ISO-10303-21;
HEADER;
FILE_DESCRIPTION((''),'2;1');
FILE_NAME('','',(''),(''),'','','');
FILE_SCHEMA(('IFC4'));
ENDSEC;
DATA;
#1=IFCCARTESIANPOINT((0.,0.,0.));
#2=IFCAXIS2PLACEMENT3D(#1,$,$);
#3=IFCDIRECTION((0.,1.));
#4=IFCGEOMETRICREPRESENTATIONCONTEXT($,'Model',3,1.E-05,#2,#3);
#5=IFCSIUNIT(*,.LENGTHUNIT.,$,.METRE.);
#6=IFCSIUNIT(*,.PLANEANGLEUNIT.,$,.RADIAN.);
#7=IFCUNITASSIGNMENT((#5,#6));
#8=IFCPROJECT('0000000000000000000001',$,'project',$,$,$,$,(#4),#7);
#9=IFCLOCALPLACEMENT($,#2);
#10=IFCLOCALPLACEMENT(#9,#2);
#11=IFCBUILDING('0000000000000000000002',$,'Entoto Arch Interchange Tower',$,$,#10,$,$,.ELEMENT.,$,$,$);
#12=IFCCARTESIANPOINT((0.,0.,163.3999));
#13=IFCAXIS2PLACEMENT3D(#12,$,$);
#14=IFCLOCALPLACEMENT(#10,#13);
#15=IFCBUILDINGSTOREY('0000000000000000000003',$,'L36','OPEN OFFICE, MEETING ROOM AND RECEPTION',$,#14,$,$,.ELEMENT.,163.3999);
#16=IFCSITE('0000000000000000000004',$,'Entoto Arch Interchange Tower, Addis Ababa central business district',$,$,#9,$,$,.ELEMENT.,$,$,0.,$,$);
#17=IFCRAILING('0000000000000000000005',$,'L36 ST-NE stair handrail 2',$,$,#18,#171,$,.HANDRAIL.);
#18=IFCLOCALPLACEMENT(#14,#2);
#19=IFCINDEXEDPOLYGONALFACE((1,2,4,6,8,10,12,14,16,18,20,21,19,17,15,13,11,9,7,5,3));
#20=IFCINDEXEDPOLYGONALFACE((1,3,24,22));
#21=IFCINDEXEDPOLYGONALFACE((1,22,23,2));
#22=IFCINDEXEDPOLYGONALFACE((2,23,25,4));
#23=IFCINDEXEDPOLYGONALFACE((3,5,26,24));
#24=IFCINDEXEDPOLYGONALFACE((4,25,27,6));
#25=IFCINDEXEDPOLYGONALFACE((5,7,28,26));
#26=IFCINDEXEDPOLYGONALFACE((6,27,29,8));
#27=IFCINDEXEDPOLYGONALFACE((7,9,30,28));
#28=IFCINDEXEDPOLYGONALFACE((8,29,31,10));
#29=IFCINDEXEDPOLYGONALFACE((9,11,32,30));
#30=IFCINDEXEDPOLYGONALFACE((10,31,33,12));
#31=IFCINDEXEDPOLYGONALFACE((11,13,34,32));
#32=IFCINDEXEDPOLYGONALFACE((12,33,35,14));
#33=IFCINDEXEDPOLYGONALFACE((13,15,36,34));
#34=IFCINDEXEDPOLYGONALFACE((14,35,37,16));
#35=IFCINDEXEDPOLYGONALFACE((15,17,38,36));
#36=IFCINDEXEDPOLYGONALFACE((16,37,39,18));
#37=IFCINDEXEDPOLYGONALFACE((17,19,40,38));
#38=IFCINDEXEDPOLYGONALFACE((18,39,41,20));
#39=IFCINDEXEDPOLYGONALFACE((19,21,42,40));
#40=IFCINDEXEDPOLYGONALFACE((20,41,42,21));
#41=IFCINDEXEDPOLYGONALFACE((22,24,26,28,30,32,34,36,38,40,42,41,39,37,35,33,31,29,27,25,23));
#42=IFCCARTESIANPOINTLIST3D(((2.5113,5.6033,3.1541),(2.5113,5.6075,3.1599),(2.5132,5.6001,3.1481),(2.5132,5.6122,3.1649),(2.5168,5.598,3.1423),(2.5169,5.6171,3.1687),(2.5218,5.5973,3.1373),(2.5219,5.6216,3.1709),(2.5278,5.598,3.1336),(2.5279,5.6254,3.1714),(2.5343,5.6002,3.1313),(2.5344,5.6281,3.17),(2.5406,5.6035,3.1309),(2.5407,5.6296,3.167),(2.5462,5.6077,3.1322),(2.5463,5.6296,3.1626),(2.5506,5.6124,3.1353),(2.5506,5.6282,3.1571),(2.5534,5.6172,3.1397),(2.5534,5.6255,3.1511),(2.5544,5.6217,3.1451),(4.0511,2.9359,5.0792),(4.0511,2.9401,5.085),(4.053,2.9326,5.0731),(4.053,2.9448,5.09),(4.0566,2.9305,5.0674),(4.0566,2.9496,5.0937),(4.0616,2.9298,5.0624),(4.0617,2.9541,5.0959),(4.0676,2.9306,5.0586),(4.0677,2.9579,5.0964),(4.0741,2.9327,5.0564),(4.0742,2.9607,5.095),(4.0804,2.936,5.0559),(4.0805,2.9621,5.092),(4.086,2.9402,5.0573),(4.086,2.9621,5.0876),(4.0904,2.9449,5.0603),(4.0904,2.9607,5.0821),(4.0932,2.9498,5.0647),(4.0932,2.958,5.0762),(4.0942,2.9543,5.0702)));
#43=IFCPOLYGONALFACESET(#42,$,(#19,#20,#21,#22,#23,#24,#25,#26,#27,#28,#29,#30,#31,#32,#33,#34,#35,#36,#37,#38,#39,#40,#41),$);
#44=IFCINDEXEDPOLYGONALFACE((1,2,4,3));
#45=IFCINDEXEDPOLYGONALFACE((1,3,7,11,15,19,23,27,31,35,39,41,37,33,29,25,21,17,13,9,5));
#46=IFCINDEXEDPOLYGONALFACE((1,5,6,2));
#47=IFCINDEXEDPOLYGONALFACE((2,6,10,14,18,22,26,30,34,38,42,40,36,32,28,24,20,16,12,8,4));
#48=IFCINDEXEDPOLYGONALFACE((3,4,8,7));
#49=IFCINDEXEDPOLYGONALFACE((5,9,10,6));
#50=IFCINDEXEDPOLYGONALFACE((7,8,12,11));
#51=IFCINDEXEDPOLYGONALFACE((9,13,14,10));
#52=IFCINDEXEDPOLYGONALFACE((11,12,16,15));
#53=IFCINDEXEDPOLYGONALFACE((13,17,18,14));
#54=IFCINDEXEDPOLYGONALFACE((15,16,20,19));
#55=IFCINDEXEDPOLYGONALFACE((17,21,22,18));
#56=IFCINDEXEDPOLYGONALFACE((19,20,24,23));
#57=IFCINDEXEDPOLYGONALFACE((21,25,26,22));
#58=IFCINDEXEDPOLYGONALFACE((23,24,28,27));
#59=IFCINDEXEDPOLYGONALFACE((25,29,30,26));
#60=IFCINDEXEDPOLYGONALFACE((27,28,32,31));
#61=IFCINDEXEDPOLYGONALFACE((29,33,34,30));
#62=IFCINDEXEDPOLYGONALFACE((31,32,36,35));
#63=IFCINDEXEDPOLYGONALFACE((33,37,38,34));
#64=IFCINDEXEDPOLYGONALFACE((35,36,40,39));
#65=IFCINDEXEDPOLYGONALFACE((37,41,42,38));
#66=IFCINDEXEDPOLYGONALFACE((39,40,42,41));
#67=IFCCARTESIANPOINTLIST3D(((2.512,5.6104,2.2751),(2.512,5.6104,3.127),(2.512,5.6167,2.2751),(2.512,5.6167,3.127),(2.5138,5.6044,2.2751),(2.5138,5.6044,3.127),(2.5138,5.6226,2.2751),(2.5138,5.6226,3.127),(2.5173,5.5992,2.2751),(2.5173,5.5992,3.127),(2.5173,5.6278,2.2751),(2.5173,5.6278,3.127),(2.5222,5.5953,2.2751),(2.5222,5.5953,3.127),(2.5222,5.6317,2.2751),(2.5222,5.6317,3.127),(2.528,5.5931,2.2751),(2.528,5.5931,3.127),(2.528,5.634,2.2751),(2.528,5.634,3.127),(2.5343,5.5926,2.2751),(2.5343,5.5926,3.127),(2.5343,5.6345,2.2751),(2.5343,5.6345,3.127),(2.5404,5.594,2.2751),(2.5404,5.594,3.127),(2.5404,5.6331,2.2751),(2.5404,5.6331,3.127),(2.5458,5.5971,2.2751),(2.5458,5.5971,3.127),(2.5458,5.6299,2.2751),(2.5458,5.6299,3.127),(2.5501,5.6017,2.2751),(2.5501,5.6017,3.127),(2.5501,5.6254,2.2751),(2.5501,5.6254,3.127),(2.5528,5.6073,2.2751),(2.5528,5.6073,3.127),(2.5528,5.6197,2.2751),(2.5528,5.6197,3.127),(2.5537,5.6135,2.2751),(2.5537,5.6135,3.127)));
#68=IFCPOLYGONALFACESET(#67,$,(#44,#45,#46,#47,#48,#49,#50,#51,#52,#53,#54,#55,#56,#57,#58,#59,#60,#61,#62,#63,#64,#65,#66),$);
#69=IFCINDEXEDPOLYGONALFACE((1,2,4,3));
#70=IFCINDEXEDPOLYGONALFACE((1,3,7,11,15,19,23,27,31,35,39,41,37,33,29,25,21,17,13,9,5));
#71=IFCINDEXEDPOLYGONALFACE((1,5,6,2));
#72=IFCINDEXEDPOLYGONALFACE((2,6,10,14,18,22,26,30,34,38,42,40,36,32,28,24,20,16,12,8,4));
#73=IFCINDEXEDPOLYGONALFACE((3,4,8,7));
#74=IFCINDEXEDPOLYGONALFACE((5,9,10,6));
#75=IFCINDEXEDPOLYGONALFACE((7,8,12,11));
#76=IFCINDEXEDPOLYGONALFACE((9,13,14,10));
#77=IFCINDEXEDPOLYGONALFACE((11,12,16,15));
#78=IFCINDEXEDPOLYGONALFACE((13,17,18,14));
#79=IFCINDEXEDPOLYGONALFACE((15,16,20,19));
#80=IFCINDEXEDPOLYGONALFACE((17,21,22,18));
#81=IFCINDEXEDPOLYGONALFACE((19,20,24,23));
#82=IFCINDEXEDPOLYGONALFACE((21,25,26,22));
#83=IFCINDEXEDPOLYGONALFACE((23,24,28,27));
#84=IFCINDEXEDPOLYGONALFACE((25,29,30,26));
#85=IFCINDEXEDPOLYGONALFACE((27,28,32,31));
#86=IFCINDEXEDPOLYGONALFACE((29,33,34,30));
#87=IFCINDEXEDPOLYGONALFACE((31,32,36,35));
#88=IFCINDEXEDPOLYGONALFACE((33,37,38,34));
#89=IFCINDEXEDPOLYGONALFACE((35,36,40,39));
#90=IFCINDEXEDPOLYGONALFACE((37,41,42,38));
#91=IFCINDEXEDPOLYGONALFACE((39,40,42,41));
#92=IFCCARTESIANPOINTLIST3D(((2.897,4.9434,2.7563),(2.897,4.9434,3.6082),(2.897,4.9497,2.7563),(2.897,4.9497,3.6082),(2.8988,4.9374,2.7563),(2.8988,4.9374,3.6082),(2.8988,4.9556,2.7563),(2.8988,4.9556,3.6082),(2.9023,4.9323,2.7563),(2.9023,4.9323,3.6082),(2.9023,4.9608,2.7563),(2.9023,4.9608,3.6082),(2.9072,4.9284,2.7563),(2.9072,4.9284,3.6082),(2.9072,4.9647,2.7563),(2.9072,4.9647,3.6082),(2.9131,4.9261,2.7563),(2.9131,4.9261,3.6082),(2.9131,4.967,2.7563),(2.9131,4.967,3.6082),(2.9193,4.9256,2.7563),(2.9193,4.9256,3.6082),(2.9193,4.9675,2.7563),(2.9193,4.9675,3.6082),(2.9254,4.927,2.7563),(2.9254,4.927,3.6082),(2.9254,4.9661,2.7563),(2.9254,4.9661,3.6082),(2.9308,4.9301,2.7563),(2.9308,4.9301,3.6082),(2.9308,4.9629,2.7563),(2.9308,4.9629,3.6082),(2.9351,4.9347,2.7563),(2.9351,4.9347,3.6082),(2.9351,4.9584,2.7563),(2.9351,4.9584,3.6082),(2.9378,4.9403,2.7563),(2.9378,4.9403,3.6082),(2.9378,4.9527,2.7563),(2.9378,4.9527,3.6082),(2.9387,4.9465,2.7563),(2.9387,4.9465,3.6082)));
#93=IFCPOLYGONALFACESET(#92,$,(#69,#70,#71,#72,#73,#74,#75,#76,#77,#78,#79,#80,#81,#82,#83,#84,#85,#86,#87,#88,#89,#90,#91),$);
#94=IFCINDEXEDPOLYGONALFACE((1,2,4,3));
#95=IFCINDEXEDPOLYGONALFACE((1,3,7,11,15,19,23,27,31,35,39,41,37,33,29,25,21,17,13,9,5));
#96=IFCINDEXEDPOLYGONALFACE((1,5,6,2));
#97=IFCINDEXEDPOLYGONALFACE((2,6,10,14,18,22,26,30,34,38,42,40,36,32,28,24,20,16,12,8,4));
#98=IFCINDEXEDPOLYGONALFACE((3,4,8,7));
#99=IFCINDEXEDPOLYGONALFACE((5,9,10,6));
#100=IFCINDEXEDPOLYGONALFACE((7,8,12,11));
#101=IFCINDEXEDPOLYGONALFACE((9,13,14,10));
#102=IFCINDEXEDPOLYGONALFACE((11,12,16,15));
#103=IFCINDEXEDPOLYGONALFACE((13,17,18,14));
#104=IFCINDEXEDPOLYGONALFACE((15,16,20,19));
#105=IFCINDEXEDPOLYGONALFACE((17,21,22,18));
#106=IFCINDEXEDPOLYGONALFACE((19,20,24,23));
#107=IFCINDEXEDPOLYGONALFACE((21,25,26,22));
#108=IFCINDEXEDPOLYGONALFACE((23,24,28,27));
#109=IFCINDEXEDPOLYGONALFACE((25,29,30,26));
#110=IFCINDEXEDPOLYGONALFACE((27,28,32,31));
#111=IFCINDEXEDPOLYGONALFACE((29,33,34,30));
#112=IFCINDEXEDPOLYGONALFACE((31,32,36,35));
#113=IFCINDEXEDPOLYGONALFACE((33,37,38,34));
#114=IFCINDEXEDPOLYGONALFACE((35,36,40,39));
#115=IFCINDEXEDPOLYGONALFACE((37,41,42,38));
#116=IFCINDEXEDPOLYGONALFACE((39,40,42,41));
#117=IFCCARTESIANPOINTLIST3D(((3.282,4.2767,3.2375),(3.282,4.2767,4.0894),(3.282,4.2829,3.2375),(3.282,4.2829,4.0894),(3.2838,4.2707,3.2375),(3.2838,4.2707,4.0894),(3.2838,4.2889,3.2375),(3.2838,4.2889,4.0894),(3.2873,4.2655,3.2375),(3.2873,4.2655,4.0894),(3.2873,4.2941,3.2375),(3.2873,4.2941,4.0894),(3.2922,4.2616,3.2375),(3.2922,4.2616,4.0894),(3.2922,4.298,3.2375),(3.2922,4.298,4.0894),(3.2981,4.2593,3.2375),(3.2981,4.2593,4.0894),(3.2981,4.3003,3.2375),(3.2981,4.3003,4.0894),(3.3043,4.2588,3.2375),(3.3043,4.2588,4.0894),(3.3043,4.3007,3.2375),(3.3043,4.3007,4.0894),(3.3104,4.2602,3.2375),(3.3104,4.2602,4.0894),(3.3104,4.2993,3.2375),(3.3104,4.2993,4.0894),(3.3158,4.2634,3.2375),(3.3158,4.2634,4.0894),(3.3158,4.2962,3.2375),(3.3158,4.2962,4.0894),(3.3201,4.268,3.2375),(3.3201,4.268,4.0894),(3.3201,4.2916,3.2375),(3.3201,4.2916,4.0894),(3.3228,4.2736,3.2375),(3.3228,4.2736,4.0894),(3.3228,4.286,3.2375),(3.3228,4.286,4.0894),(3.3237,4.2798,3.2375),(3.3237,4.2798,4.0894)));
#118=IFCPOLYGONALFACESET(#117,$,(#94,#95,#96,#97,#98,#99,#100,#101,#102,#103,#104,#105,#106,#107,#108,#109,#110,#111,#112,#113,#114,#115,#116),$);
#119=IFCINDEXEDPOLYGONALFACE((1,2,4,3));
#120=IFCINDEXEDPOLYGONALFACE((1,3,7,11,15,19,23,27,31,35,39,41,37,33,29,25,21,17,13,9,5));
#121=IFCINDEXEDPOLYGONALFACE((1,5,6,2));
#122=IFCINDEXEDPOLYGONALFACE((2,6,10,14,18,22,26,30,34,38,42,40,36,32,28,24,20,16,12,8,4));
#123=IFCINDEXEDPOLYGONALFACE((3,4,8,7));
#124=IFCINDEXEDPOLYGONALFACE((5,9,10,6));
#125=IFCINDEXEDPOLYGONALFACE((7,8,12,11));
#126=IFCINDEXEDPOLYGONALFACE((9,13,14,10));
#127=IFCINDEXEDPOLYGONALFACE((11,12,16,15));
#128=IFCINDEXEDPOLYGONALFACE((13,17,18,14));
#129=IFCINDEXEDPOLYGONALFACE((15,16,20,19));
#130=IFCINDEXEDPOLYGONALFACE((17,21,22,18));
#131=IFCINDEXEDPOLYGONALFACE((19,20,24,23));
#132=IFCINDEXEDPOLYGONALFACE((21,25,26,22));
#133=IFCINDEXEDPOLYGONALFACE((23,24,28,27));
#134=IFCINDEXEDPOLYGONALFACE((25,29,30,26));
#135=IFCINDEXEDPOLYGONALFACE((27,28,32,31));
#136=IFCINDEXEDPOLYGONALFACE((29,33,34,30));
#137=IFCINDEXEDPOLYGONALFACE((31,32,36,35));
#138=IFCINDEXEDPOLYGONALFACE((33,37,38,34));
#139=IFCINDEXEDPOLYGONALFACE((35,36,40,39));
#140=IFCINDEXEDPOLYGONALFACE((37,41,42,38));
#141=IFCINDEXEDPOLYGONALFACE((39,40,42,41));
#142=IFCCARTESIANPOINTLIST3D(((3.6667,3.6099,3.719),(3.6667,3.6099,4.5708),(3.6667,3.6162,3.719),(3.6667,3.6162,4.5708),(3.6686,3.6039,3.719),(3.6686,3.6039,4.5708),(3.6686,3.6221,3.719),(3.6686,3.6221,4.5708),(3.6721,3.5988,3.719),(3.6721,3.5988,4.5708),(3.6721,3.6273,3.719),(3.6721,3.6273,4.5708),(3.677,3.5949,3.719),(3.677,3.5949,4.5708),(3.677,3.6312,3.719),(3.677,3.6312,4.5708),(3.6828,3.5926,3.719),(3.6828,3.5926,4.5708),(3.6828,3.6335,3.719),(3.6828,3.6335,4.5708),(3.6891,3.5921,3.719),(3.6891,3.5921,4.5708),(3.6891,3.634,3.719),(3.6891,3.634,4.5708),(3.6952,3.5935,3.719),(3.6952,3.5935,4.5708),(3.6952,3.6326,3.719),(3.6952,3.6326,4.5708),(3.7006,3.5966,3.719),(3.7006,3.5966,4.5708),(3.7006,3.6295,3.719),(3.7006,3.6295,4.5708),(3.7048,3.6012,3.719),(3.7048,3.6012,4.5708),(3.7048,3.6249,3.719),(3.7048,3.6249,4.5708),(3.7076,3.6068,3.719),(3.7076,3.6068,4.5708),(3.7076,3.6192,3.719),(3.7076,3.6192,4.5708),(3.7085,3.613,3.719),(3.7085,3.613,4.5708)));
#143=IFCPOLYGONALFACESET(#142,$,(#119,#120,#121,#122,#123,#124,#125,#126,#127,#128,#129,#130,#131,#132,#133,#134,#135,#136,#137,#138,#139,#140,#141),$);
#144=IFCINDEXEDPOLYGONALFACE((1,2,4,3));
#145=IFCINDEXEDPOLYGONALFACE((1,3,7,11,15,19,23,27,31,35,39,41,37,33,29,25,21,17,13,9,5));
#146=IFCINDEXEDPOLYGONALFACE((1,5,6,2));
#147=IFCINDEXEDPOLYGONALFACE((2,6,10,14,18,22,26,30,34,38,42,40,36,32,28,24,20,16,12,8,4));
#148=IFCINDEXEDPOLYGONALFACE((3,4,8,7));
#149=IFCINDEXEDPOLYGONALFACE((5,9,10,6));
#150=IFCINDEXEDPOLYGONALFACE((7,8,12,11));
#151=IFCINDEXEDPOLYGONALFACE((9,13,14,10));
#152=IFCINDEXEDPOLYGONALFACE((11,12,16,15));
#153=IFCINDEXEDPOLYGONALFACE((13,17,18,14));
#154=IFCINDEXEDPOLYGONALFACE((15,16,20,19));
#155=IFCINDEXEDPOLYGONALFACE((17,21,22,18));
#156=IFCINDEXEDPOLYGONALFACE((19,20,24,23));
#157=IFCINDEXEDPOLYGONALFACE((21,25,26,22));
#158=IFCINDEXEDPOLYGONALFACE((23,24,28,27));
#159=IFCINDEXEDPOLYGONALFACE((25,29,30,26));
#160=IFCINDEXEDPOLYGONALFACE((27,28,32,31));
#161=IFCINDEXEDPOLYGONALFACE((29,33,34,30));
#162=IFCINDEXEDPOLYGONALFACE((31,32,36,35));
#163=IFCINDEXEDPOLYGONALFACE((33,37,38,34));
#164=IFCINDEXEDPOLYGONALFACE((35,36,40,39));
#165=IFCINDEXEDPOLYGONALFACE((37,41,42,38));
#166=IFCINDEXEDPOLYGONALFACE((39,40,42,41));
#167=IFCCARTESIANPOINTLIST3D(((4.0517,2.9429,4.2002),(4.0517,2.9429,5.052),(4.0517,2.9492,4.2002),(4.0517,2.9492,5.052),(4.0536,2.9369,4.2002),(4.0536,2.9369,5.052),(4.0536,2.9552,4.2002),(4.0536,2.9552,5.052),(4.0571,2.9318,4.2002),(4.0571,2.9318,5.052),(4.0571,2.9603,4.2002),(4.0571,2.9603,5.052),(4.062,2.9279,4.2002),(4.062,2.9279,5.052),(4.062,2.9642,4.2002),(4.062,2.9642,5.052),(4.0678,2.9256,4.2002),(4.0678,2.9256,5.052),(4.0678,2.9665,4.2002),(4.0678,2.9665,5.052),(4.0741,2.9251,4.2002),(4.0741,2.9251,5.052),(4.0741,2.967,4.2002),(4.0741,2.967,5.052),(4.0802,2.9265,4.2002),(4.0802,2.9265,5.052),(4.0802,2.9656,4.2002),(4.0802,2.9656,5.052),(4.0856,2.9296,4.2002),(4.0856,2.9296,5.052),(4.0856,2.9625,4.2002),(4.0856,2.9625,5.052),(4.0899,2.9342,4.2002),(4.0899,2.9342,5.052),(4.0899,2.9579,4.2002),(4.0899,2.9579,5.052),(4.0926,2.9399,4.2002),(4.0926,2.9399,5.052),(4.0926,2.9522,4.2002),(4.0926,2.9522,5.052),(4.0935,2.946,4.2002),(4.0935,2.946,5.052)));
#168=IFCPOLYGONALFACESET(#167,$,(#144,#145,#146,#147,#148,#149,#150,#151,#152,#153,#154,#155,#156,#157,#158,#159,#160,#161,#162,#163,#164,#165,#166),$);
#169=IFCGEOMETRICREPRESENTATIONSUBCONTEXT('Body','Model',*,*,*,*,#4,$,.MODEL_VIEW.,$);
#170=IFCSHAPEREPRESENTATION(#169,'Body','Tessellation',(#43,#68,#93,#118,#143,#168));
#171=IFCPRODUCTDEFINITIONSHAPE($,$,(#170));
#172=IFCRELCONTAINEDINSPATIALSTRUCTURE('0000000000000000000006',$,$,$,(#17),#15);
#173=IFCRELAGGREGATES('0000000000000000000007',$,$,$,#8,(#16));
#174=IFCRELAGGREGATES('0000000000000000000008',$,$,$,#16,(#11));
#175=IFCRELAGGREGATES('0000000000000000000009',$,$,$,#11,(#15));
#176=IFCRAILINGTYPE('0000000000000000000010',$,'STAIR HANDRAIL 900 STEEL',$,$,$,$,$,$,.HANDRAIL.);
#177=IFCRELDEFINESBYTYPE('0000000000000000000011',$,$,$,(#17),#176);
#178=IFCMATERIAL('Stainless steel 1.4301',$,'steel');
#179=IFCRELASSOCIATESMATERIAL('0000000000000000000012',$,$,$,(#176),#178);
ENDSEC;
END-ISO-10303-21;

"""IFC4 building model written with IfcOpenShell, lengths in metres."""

from ifc_helpers import new_model, si_unit, direction, frame, origin, origin_2d, place, context, subcontext, project, spatial, circle, extrude, material, type_object, element, save


model = new_model("IFC4")

# Units and contexts
model_context = context("Model", 3, precision=1e-05, world=origin(), true_north=direction((0.0, 1.0)))
body_context = subcontext(model_context, "Body", "Model", "MODEL_VIEW")
ifc_project = project(units=[si_unit("LENGTHUNIT", "METRE"), si_unit("PLANEANGLEUNIT", "RADIAN")], contexts=[model_context])

# Site, building, storey
site_placement = place(None, origin())
site = spatial("IfcSite", under=ifc_project, at=site_placement, Name="Entoto Arch Interchange Tower, Addis Ababa central business district", CompositionType="ELEMENT", RefElevation=0.0)
building_placement = place(site_placement, origin())
building = spatial("IfcBuilding", under=site, at=building_placement, Name="Entoto Arch Interchange Tower", CompositionType="ELEMENT")
storey_placement = place(building_placement, frame((0.0, 0.0, 163.3999)))
storey = spatial("IfcBuildingStorey", under=building, at=storey_placement, Name="L36", Description="OPEN OFFICE, MEETING ROOM AND RECEPTION", CompositionType="ELEMENT", Elevation=163.3999)

# Railing
ifc_material_1 = material(Name="Stainless steel 1.4301", Category="steel")
railing_type_1 = type_object("IfcRailingType", Name="STAIR HANDRAIL 900 STEEL", PredefinedType="HANDRAIL", material=ifc_material_1)
railing_1_placement = place(storey_placement, frame((2.5327, 5.6135, 2.2751)))
element("IfcRailing", 1, at=railing_1_placement, inside=storey, type_object=railing_type_1, Name="L36 ST-NE stair handrail 2", PredefinedType="HANDRAIL", context=body_context, shape_type="SweptSolid", body=[
    extrude(circle(Radius=0.0239, at=origin_2d()), frame((0.0, 0.0, 0.876), z_axis=(0.423939, -0.734416, 0.530008), x_axis=(0.866064, 0.499933, 0.0)), (0.0, 0.0, 1.0), 3.6321),
    extrude(circle(Radius=0.021, at=origin_2d()), origin(), (0.0, 0.0, 1.0), 0.8518),
    extrude(circle(Radius=0.021, at=origin_2d()), frame((0.385, -0.667, 0.4812)), (0.0, 0.0, 1.0), 0.8518),
    extrude(circle(Radius=0.021, at=origin_2d()), frame((0.77, -1.3337, 0.9624)), (0.0, 0.0, 1.0), 0.8518),
    extrude(circle(Radius=0.021, at=origin_2d()), frame((1.1548, -2.0005, 1.4438)), (0.0, 0.0, 1.0), 0.8518),
    extrude(circle(Radius=0.021, at=origin_2d()), frame((1.5398, -2.6675, 1.925)), (0.0, 0.0, 1.0), 0.8518),
])

save(model, "model.ifc")
